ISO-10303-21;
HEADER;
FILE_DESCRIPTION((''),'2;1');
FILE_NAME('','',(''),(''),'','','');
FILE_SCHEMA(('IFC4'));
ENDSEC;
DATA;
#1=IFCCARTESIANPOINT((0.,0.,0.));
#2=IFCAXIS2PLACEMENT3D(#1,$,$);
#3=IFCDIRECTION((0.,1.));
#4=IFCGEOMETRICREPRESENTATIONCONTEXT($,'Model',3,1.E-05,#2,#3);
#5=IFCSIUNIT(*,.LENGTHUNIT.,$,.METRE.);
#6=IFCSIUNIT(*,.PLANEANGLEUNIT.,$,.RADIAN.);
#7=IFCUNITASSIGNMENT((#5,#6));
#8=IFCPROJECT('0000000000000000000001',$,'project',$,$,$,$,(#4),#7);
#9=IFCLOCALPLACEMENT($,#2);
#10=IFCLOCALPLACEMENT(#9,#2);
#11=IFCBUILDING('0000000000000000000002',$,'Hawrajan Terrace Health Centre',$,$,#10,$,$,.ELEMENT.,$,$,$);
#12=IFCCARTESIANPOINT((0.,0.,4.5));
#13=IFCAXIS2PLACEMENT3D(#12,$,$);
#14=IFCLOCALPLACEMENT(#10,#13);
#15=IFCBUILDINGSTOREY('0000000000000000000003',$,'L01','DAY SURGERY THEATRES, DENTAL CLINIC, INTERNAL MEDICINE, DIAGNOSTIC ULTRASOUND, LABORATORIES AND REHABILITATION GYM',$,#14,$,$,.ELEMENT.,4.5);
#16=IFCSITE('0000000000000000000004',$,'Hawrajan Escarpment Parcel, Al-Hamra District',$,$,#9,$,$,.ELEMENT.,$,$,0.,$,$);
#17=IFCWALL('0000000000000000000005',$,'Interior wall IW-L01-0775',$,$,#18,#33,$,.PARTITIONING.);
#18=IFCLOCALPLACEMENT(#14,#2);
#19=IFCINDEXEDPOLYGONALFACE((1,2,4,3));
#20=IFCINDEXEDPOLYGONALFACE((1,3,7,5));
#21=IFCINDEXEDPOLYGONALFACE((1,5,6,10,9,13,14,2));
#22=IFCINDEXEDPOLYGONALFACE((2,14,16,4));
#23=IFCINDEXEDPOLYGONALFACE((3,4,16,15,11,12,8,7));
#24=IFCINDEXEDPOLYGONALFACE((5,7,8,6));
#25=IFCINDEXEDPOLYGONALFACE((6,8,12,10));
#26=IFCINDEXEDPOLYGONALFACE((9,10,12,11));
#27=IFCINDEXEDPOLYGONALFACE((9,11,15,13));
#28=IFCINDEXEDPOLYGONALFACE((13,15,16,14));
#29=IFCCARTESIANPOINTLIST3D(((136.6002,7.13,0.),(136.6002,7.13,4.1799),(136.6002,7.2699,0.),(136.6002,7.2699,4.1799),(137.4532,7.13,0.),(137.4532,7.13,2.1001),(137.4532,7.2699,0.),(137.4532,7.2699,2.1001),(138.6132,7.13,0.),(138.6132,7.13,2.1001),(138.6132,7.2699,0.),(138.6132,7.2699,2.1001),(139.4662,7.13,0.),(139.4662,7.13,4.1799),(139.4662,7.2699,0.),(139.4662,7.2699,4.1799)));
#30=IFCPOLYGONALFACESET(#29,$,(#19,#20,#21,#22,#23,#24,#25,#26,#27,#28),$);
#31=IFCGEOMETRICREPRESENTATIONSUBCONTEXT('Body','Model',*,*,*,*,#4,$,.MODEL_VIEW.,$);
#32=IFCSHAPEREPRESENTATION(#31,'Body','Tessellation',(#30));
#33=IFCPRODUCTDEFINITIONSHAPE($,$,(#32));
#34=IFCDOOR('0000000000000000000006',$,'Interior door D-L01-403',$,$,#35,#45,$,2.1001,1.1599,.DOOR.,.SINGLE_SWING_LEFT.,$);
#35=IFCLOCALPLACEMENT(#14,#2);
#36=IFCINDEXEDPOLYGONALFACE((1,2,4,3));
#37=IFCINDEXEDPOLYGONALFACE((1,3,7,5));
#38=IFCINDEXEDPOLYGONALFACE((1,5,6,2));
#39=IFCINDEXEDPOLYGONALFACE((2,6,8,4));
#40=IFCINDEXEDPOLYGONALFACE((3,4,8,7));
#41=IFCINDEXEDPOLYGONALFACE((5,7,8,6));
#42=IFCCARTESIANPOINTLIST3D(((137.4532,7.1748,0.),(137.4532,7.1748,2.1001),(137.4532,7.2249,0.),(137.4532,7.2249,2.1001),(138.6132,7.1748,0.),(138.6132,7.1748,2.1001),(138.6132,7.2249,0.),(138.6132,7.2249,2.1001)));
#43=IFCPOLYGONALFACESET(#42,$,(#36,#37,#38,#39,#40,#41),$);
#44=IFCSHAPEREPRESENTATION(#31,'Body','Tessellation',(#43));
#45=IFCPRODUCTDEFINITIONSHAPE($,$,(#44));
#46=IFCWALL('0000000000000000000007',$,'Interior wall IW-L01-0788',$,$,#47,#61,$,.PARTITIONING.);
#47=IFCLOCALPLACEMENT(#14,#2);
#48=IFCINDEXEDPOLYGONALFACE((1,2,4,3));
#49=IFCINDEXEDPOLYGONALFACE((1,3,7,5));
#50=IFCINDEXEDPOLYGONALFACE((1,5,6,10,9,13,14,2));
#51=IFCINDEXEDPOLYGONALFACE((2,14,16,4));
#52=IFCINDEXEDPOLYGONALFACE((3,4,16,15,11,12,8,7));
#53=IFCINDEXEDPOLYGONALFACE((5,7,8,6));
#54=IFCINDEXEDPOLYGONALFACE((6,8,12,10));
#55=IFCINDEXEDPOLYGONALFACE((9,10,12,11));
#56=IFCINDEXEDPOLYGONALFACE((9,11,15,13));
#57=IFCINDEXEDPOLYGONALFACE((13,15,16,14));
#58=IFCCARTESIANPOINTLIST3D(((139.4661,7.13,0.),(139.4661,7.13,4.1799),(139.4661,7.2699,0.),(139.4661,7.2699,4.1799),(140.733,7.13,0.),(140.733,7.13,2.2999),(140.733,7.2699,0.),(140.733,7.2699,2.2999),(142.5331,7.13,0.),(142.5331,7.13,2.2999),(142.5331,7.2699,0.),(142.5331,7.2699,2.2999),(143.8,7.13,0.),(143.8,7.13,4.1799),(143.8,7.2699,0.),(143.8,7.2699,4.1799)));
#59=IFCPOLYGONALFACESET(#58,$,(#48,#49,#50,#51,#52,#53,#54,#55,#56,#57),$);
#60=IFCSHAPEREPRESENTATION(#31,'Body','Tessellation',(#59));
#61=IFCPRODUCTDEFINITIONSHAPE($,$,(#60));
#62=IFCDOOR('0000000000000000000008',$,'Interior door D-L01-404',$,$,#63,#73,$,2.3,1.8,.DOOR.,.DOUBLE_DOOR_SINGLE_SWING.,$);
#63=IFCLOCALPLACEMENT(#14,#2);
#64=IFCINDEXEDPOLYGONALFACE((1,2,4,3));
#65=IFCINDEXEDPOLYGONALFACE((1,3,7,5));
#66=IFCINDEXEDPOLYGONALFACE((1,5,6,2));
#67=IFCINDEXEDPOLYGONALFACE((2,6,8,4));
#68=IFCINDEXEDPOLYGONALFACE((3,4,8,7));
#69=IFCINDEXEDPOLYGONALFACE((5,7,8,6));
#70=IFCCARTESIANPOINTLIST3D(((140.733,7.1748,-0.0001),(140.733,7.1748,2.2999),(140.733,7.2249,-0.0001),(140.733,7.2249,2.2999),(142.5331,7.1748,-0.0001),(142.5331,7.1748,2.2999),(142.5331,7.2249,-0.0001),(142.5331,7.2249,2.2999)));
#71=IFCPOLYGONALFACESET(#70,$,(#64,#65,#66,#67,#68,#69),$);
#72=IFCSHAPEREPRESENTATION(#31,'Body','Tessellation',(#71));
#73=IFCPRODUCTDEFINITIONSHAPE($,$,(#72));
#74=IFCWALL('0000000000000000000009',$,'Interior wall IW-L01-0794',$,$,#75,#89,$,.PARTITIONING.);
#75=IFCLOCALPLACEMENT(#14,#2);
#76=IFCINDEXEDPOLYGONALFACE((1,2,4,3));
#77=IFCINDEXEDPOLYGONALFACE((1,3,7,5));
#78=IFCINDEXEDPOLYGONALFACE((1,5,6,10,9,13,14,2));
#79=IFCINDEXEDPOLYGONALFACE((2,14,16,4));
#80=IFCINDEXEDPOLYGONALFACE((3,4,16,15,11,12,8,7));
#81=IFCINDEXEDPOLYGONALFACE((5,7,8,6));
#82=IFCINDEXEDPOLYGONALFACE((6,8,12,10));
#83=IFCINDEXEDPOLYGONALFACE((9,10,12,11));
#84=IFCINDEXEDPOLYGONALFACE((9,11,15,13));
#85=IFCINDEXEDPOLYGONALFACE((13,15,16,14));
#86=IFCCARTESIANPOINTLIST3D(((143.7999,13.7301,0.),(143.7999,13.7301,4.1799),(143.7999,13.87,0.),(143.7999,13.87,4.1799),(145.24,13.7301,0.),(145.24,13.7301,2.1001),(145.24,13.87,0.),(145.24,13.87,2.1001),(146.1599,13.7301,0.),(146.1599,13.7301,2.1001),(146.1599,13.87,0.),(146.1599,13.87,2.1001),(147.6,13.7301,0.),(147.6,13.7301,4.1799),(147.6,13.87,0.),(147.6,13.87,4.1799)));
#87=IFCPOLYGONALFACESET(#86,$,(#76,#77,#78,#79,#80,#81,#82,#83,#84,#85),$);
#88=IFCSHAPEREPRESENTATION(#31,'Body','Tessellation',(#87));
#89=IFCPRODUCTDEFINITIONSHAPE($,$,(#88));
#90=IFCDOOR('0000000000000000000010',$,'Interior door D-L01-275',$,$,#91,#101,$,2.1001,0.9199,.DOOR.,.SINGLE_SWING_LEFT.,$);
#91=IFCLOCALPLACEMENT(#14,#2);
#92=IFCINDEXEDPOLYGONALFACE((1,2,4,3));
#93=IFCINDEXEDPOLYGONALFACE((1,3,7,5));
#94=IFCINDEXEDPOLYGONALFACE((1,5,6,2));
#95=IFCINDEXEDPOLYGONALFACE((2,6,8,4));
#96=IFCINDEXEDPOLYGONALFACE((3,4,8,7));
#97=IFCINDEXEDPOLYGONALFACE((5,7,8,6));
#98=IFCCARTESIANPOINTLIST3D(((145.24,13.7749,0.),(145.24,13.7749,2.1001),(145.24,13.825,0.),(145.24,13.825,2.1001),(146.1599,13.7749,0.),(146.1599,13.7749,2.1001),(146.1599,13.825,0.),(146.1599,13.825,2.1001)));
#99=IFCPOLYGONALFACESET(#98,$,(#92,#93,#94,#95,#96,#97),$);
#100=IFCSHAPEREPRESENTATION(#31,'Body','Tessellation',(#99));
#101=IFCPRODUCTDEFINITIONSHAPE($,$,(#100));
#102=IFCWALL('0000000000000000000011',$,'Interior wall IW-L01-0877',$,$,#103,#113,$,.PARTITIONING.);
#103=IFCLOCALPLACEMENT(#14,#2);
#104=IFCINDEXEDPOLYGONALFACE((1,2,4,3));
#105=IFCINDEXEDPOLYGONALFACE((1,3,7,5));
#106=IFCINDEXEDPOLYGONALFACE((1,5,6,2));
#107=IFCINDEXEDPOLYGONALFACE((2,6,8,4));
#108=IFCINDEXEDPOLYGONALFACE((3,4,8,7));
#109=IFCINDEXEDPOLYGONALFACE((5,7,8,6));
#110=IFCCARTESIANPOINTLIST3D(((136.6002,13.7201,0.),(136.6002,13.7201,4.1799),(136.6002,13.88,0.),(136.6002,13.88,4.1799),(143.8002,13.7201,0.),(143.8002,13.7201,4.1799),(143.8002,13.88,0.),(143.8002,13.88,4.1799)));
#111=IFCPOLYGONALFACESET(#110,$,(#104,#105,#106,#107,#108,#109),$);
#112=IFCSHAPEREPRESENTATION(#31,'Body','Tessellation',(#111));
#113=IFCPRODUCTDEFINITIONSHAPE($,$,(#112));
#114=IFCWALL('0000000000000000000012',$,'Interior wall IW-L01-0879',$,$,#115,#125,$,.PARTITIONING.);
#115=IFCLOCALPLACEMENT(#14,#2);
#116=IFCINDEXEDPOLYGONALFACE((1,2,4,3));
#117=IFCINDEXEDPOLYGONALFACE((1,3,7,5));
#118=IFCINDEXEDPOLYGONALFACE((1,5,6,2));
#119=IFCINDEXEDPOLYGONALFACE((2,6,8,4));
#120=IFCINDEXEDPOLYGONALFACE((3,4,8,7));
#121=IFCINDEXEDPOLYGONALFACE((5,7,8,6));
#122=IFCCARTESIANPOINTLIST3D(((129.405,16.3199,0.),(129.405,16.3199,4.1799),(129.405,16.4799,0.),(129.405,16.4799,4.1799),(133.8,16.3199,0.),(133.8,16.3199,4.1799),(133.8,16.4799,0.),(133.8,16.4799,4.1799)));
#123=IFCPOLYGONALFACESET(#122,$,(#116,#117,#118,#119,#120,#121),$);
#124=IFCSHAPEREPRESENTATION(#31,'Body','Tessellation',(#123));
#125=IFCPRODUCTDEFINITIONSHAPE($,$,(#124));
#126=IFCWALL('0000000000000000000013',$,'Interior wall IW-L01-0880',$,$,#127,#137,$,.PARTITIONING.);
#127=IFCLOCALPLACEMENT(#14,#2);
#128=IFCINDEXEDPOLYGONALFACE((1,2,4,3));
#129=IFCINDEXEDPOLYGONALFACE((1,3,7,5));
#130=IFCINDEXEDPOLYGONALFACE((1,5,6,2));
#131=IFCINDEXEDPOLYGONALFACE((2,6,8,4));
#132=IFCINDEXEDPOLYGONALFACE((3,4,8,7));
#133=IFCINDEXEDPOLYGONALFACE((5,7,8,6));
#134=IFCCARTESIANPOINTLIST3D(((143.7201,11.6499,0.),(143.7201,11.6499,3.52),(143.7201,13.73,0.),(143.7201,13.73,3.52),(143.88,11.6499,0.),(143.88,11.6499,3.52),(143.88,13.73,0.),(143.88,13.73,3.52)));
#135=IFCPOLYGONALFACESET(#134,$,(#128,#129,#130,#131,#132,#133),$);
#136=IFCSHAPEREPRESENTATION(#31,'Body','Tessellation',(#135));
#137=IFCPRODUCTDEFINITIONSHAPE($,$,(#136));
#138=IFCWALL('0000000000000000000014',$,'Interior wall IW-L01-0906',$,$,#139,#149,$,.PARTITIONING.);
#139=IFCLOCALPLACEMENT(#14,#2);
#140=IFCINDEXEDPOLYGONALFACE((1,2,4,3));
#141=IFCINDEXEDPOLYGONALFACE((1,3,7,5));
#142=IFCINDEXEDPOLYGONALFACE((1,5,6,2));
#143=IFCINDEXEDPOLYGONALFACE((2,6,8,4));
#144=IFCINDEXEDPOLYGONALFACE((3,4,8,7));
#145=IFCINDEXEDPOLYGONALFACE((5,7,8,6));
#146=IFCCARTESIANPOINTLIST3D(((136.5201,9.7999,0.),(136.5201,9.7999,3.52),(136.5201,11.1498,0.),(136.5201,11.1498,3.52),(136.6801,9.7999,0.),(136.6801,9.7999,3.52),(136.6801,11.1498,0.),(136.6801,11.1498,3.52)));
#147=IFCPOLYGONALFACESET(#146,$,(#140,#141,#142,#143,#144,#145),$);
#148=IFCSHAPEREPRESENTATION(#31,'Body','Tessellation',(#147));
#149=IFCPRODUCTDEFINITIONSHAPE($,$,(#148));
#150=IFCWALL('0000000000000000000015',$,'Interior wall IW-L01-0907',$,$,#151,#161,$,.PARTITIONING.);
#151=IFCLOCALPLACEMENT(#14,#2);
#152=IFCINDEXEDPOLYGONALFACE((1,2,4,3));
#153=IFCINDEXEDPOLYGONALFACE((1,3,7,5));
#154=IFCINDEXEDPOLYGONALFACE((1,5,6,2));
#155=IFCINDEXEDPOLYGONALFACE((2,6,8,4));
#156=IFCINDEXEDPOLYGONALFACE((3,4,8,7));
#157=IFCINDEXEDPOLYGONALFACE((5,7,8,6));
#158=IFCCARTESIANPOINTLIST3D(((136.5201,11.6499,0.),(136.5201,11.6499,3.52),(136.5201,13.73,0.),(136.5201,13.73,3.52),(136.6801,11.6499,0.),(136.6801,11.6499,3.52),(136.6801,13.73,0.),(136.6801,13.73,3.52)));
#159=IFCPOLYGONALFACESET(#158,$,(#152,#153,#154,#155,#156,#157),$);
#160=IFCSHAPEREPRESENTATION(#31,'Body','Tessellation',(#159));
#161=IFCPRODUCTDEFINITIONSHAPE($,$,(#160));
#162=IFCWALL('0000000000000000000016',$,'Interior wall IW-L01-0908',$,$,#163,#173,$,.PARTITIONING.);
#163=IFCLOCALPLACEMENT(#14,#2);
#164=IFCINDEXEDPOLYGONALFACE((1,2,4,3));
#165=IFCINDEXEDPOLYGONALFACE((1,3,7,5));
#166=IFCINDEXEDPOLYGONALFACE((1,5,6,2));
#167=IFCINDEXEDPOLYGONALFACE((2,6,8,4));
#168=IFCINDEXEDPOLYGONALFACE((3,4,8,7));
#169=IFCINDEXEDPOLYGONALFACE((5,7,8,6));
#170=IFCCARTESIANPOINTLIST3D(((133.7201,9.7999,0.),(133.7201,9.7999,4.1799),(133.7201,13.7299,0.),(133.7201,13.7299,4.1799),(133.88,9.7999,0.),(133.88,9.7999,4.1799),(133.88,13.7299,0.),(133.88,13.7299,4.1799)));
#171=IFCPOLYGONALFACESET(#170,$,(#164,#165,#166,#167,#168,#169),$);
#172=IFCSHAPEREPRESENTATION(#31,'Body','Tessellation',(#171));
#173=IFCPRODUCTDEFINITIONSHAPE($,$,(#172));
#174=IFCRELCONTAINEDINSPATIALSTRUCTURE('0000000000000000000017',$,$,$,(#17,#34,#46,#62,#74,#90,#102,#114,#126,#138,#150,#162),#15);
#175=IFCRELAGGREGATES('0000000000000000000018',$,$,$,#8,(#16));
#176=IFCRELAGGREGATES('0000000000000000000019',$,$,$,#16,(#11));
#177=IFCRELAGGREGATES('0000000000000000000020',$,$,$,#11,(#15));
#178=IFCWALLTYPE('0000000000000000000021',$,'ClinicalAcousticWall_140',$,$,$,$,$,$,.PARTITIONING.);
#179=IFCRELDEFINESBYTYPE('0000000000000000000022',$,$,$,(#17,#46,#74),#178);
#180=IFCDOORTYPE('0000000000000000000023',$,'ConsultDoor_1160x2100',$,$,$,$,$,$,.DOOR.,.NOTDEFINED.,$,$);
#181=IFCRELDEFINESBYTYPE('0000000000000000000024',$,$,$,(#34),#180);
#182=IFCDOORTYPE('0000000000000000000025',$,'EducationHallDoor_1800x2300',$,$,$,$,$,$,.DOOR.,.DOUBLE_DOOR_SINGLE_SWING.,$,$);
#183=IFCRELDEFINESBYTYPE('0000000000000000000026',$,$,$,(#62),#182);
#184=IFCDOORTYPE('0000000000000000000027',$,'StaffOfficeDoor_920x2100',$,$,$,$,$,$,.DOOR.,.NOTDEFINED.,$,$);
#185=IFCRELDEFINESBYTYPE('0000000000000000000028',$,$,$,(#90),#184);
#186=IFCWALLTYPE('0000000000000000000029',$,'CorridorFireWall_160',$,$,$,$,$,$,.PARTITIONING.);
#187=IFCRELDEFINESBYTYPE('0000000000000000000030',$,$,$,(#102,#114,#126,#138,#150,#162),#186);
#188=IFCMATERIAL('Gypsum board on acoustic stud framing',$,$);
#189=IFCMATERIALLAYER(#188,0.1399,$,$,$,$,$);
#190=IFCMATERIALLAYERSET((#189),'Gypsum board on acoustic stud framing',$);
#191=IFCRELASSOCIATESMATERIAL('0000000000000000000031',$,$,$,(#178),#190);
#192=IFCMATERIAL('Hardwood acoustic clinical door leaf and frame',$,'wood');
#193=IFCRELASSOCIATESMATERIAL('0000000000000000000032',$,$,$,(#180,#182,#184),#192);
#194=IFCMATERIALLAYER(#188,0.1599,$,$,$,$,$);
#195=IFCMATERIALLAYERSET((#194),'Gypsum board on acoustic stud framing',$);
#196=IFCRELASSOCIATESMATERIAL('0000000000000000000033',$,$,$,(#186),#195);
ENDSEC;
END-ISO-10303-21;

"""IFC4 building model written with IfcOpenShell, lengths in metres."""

from ifc_helpers import new_model, si_unit, direction, frame, frame_2d, origin, place, context, subcontext, project, spatial, rectangle, extrude, material, layer, layer_set, type_object, element, fill, save


model = new_model("IFC4")

# Units and contexts
model_context = context("Model", 3, precision=1e-05, world=origin(), true_north=direction((0.0, 1.0)))
body_context = subcontext(model_context, "Body", "Model", "MODEL_VIEW")
ifc_project = project(units=[si_unit("LENGTHUNIT", "METRE"), si_unit("PLANEANGLEUNIT", "RADIAN")], contexts=[model_context])

# Site, building, storey
site_placement = place(None, origin())
site = spatial("IfcSite", under=ifc_project, at=site_placement, Name="Hawrajan Escarpment Parcel, Al-Hamra District", CompositionType="ELEMENT", RefElevation=0.0)
building_placement = place(site_placement, origin())
building = spatial("IfcBuilding", under=site, at=building_placement, Name="Hawrajan Terrace Health Centre", CompositionType="ELEMENT")
storey_placement = place(building_placement, frame((0.0, 0.0, 4.5)))
storey = spatial("IfcBuildingStorey", under=building, at=storey_placement, Name="L01", Description="DAY SURGERY THEATRES, DENTAL CLINIC, INTERNAL MEDICINE, DIAGNOSTIC ULTRASOUND, LABORATORIES AND REHABILITATION GYM", CompositionType="ELEMENT", Elevation=4.5)

# Shared definitions
ifc_material_1 = material(Name="Gypsum board on acoustic stud framing")
ifc_layer_1 = layer(ifc_material_1, 0.1399)
ifc_layer_set_1 = layer_set([ifc_layer_1], Name="Gypsum board on acoustic stud framing")
wall_type_1 = type_object("IfcWallType", Name="ClinicalAcousticWall_140", PredefinedType="PARTITIONING", material=ifc_layer_set_1)
ifc_material_2 = material(Name="Hardwood acoustic clinical door leaf and frame", Category="wood")

# Walls, openings, doors
wall_1_placement = place(storey_placement, frame((136.6001, 7.2, 0.0), z_axis=(0.0, 0.0, 1.0), x_axis=(1.0, 0.0, 0.0)))
wall_1 = element("IfcWall", 1, at=wall_1_placement, inside=storey, type_object=wall_type_1, Name="Interior wall IW-L01-0775", PredefinedType="PARTITIONING", context=body_context, shape_type="SweptSolid", body=[
    extrude(rectangle(XDim=2.866, YDim=0.1399, at=frame_2d((1.4331, 0.0))), origin(), (0.0, 0.0, 1.0), 4.1799),
])
opening_1_placement = place(wall_1_placement, frame((0.853, 0.0, 0.0)))
opening_1 = element("IfcOpeningElement", 2, at=opening_1_placement, cuts=wall_1, PredefinedType="OPENING", context=body_context, shape_type="SweptSolid", body=[
    extrude(rectangle(XDim=1.1599, YDim=2.1001, at=frame_2d((0.5801, 1.05))), frame((0.0, 0.0798, 0.0), z_axis=(0.0, -1.0, 0.0), x_axis=(1.0, 0.0, 0.0)), (0.0, 0.0, 1.0), 0.1599),
])
door_type_1 = type_object("IfcDoorType", Name="ConsultDoor_1160x2100", OperationType="NOTDEFINED", PredefinedType="DOOR", material=ifc_material_2)
door_1_placement = place(opening_1_placement, origin())
door_1 = element("IfcDoor", 3, at=door_1_placement, inside=storey, type_object=door_type_1, Name="Interior door D-L01-403", OperationType="SINGLE_SWING_LEFT", OverallHeight=2.1001, OverallWidth=1.1599, PredefinedType="DOOR", context=body_context, shape_type="SweptSolid", body=[
    extrude(rectangle(XDim=1.1599, YDim=2.1001, at=frame_2d((0.5801, 1.05))), frame((0.0, 0.0249, 0.0), z_axis=(0.0, -1.0, 0.0), x_axis=(1.0, 0.0, 0.0)), (0.0, 0.0, 1.0), 0.05),
])
fill(opening_1, door_1)
wall_2_placement = place(storey_placement, frame((139.4661, 7.2, 0.0), z_axis=(0.0, 0.0, 1.0), x_axis=(1.0, 0.0, 0.0)))
wall_2 = element("IfcWall", 4, at=wall_2_placement, inside=storey, type_object=wall_type_1, Name="Interior wall IW-L01-0788", PredefinedType="PARTITIONING", context=body_context, shape_type="SweptSolid", body=[
    extrude(rectangle(XDim=4.334, YDim=0.1399, at=frame_2d((2.167, 0.0))), origin(), (0.0, 0.0, 1.0), 4.1799),
])
opening_2_placement = place(wall_2_placement, frame((1.2671, 0.0, 0.0)))
opening_2 = element("IfcOpeningElement", 5, at=opening_2_placement, cuts=wall_2, PredefinedType="OPENING", context=body_context, shape_type="SweptSolid", body=[
    extrude(rectangle(XDim=1.8, YDim=2.3, at=frame_2d((0.8999, 1.1499))), frame((0.0, 0.0798, 0.0), z_axis=(0.0, -1.0, 0.0), x_axis=(1.0, 0.0, 0.0)), (0.0, 0.0, 1.0), 0.1599),
])
door_type_2 = type_object("IfcDoorType", Name="EducationHallDoor_1800x2300", OperationType="DOUBLE_DOOR_SINGLE_SWING", PredefinedType="DOOR", material=ifc_material_2)
door_2_placement = place(opening_2_placement, origin())
door_2 = element("IfcDoor", 6, at=door_2_placement, inside=storey, type_object=door_type_2, Name="Interior door D-L01-404", OperationType="DOUBLE_DOOR_SINGLE_SWING", OverallHeight=2.3, OverallWidth=1.8, PredefinedType="DOOR", context=body_context, shape_type="SweptSolid", body=[
    extrude(rectangle(XDim=1.8, YDim=2.3, at=frame_2d((0.8999, 1.1499))), frame((0.0, 0.0249, 0.0), z_axis=(0.0, -1.0, 0.0), x_axis=(1.0, 0.0, 0.0)), (0.0, 0.0, 1.0), 0.05),
])
fill(opening_2, door_2)
wall_3_placement = place(storey_placement, frame((143.8, 13.8, 0.0), z_axis=(0.0, 0.0, 1.0), x_axis=(1.0, 0.0, 0.0)))
wall_3 = element("IfcWall", 7, at=wall_3_placement, inside=storey, type_object=wall_type_1, Name="Interior wall IW-L01-0794", PredefinedType="PARTITIONING", context=body_context, shape_type="SweptSolid", body=[
    extrude(rectangle(XDim=3.8, YDim=0.1399, at=frame_2d((1.8999, 0.0))), origin(), (0.0, 0.0, 1.0), 4.1799),
])
opening_3_placement = place(wall_3_placement, frame((1.4399, 0.0, 0.0)))
opening_3 = element("IfcOpeningElement", 8, at=opening_3_placement, cuts=wall_3, PredefinedType="OPENING", context=body_context, shape_type="SweptSolid", body=[
    extrude(rectangle(XDim=0.9199, YDim=2.1001, at=frame_2d((0.46, 1.05))), frame((0.0, 0.0798, 0.0), z_axis=(0.0, -1.0, 0.0), x_axis=(1.0, 0.0, 0.0)), (0.0, 0.0, 1.0), 0.1599),
])
door_type_3 = type_object("IfcDoorType", Name="StaffOfficeDoor_920x2100", OperationType="NOTDEFINED", PredefinedType="DOOR", material=ifc_material_2)
door_3_placement = place(opening_3_placement, origin())
door_3 = element("IfcDoor", 9, at=door_3_placement, inside=storey, type_object=door_type_3, Name="Interior door D-L01-275", OperationType="SINGLE_SWING_LEFT", OverallHeight=2.1001, OverallWidth=0.9199, PredefinedType="DOOR", context=body_context, shape_type="SweptSolid", body=[
    extrude(rectangle(XDim=0.9199, YDim=2.1001, at=frame_2d((0.46, 1.05))), frame((0.0, 0.0249, 0.0), z_axis=(0.0, -1.0, 0.0), x_axis=(1.0, 0.0, 0.0)), (0.0, 0.0, 1.0), 0.05),
])
fill(opening_3, door_3)

# Walls
ifc_layer_2 = layer(ifc_material_1, 0.1599)
ifc_layer_set_2 = layer_set([ifc_layer_2], Name="Gypsum board on acoustic stud framing")
wall_type_2 = type_object("IfcWallType", Name="CorridorFireWall_160", PredefinedType="PARTITIONING", material=ifc_layer_set_2)
wall_4_placement = place(storey_placement, frame((136.6001, 13.8, 0.0), z_axis=(0.0, 0.0, 1.0), x_axis=(1.0, 0.0, 0.0)))
element("IfcWall", 10, at=wall_4_placement, inside=storey, type_object=wall_type_2, Name="Interior wall IW-L01-0877", PredefinedType="PARTITIONING", context=body_context, shape_type="SweptSolid", body=[
    extrude(rectangle(XDim=7.2, YDim=0.1599, at=frame_2d((3.6001, 0.0))), origin(), (0.0, 0.0, 1.0), 4.1799),
])
wall_5_placement = place(storey_placement, frame((133.8, 16.3999, 0.0), z_axis=(0.0, 0.0, 1.0), x_axis=(-1.0, 0.0, 0.0)))
element("IfcWall", 11, at=wall_5_placement, inside=storey, type_object=wall_type_2, Name="Interior wall IW-L01-0879", PredefinedType="PARTITIONING", context=body_context, shape_type="SweptSolid", body=[
    extrude(rectangle(XDim=4.395, YDim=0.1599, at=frame_2d((2.1975, 0.0))), origin(), (0.0, 0.0, 1.0), 4.1799),
])
wall_6_placement = place(storey_placement, frame((143.8, 11.6499, 0.0), z_axis=(0.0, 0.0, 1.0), x_axis=(0.0, 1.0, 0.0)))
element("IfcWall", 12, at=wall_6_placement, inside=storey, type_object=wall_type_2, Name="Interior wall IW-L01-0880", PredefinedType="PARTITIONING", context=body_context, shape_type="SweptSolid", body=[
    extrude(rectangle(XDim=2.0801, YDim=0.1599, at=frame_2d((1.04, 0.0))), origin(), (0.0, 0.0, 1.0), 3.52),
])
wall_7_placement = place(storey_placement, frame((136.6001, 9.8, 0.0), z_axis=(0.0, 0.0, 1.0), x_axis=(0.0, 1.0, 0.0)))
element("IfcWall", 13, at=wall_7_placement, inside=storey, type_object=wall_type_2, Name="Interior wall IW-L01-0906", PredefinedType="PARTITIONING", context=body_context, shape_type="SweptSolid", body=[
    extrude(rectangle(XDim=1.3499, YDim=0.1599, at=frame_2d((0.6748, 0.0))), origin(), (0.0, 0.0, 1.0), 3.52),
])
wall_8_placement = place(storey_placement, frame((136.6001, 11.6499, 0.0), z_axis=(0.0, 0.0, 1.0), x_axis=(0.0, 1.0, 0.0)))
element("IfcWall", 14, at=wall_8_placement, inside=storey, type_object=wall_type_2, Name="Interior wall IW-L01-0907", PredefinedType="PARTITIONING", context=body_context, shape_type="SweptSolid", body=[
    extrude(rectangle(XDim=2.0801, YDim=0.1599, at=frame_2d((1.04, 0.0))), origin(), (0.0, 0.0, 1.0), 3.52),
])
wall_9_placement = place(storey_placement, frame((133.8, 9.8, 0.0), z_axis=(0.0, 0.0, 1.0), x_axis=(0.0, 1.0, 0.0)))
element("IfcWall", 15, at=wall_9_placement, inside=storey, type_object=wall_type_2, Name="Interior wall IW-L01-0908", PredefinedType="PARTITIONING", context=body_context, shape_type="SweptSolid", body=[
    extrude(rectangle(XDim=3.9299, YDim=0.1599, at=frame_2d((1.9648, 0.0))), origin(), (0.0, 0.0, 1.0), 4.1799),
])

save(model, "model.ifc")
